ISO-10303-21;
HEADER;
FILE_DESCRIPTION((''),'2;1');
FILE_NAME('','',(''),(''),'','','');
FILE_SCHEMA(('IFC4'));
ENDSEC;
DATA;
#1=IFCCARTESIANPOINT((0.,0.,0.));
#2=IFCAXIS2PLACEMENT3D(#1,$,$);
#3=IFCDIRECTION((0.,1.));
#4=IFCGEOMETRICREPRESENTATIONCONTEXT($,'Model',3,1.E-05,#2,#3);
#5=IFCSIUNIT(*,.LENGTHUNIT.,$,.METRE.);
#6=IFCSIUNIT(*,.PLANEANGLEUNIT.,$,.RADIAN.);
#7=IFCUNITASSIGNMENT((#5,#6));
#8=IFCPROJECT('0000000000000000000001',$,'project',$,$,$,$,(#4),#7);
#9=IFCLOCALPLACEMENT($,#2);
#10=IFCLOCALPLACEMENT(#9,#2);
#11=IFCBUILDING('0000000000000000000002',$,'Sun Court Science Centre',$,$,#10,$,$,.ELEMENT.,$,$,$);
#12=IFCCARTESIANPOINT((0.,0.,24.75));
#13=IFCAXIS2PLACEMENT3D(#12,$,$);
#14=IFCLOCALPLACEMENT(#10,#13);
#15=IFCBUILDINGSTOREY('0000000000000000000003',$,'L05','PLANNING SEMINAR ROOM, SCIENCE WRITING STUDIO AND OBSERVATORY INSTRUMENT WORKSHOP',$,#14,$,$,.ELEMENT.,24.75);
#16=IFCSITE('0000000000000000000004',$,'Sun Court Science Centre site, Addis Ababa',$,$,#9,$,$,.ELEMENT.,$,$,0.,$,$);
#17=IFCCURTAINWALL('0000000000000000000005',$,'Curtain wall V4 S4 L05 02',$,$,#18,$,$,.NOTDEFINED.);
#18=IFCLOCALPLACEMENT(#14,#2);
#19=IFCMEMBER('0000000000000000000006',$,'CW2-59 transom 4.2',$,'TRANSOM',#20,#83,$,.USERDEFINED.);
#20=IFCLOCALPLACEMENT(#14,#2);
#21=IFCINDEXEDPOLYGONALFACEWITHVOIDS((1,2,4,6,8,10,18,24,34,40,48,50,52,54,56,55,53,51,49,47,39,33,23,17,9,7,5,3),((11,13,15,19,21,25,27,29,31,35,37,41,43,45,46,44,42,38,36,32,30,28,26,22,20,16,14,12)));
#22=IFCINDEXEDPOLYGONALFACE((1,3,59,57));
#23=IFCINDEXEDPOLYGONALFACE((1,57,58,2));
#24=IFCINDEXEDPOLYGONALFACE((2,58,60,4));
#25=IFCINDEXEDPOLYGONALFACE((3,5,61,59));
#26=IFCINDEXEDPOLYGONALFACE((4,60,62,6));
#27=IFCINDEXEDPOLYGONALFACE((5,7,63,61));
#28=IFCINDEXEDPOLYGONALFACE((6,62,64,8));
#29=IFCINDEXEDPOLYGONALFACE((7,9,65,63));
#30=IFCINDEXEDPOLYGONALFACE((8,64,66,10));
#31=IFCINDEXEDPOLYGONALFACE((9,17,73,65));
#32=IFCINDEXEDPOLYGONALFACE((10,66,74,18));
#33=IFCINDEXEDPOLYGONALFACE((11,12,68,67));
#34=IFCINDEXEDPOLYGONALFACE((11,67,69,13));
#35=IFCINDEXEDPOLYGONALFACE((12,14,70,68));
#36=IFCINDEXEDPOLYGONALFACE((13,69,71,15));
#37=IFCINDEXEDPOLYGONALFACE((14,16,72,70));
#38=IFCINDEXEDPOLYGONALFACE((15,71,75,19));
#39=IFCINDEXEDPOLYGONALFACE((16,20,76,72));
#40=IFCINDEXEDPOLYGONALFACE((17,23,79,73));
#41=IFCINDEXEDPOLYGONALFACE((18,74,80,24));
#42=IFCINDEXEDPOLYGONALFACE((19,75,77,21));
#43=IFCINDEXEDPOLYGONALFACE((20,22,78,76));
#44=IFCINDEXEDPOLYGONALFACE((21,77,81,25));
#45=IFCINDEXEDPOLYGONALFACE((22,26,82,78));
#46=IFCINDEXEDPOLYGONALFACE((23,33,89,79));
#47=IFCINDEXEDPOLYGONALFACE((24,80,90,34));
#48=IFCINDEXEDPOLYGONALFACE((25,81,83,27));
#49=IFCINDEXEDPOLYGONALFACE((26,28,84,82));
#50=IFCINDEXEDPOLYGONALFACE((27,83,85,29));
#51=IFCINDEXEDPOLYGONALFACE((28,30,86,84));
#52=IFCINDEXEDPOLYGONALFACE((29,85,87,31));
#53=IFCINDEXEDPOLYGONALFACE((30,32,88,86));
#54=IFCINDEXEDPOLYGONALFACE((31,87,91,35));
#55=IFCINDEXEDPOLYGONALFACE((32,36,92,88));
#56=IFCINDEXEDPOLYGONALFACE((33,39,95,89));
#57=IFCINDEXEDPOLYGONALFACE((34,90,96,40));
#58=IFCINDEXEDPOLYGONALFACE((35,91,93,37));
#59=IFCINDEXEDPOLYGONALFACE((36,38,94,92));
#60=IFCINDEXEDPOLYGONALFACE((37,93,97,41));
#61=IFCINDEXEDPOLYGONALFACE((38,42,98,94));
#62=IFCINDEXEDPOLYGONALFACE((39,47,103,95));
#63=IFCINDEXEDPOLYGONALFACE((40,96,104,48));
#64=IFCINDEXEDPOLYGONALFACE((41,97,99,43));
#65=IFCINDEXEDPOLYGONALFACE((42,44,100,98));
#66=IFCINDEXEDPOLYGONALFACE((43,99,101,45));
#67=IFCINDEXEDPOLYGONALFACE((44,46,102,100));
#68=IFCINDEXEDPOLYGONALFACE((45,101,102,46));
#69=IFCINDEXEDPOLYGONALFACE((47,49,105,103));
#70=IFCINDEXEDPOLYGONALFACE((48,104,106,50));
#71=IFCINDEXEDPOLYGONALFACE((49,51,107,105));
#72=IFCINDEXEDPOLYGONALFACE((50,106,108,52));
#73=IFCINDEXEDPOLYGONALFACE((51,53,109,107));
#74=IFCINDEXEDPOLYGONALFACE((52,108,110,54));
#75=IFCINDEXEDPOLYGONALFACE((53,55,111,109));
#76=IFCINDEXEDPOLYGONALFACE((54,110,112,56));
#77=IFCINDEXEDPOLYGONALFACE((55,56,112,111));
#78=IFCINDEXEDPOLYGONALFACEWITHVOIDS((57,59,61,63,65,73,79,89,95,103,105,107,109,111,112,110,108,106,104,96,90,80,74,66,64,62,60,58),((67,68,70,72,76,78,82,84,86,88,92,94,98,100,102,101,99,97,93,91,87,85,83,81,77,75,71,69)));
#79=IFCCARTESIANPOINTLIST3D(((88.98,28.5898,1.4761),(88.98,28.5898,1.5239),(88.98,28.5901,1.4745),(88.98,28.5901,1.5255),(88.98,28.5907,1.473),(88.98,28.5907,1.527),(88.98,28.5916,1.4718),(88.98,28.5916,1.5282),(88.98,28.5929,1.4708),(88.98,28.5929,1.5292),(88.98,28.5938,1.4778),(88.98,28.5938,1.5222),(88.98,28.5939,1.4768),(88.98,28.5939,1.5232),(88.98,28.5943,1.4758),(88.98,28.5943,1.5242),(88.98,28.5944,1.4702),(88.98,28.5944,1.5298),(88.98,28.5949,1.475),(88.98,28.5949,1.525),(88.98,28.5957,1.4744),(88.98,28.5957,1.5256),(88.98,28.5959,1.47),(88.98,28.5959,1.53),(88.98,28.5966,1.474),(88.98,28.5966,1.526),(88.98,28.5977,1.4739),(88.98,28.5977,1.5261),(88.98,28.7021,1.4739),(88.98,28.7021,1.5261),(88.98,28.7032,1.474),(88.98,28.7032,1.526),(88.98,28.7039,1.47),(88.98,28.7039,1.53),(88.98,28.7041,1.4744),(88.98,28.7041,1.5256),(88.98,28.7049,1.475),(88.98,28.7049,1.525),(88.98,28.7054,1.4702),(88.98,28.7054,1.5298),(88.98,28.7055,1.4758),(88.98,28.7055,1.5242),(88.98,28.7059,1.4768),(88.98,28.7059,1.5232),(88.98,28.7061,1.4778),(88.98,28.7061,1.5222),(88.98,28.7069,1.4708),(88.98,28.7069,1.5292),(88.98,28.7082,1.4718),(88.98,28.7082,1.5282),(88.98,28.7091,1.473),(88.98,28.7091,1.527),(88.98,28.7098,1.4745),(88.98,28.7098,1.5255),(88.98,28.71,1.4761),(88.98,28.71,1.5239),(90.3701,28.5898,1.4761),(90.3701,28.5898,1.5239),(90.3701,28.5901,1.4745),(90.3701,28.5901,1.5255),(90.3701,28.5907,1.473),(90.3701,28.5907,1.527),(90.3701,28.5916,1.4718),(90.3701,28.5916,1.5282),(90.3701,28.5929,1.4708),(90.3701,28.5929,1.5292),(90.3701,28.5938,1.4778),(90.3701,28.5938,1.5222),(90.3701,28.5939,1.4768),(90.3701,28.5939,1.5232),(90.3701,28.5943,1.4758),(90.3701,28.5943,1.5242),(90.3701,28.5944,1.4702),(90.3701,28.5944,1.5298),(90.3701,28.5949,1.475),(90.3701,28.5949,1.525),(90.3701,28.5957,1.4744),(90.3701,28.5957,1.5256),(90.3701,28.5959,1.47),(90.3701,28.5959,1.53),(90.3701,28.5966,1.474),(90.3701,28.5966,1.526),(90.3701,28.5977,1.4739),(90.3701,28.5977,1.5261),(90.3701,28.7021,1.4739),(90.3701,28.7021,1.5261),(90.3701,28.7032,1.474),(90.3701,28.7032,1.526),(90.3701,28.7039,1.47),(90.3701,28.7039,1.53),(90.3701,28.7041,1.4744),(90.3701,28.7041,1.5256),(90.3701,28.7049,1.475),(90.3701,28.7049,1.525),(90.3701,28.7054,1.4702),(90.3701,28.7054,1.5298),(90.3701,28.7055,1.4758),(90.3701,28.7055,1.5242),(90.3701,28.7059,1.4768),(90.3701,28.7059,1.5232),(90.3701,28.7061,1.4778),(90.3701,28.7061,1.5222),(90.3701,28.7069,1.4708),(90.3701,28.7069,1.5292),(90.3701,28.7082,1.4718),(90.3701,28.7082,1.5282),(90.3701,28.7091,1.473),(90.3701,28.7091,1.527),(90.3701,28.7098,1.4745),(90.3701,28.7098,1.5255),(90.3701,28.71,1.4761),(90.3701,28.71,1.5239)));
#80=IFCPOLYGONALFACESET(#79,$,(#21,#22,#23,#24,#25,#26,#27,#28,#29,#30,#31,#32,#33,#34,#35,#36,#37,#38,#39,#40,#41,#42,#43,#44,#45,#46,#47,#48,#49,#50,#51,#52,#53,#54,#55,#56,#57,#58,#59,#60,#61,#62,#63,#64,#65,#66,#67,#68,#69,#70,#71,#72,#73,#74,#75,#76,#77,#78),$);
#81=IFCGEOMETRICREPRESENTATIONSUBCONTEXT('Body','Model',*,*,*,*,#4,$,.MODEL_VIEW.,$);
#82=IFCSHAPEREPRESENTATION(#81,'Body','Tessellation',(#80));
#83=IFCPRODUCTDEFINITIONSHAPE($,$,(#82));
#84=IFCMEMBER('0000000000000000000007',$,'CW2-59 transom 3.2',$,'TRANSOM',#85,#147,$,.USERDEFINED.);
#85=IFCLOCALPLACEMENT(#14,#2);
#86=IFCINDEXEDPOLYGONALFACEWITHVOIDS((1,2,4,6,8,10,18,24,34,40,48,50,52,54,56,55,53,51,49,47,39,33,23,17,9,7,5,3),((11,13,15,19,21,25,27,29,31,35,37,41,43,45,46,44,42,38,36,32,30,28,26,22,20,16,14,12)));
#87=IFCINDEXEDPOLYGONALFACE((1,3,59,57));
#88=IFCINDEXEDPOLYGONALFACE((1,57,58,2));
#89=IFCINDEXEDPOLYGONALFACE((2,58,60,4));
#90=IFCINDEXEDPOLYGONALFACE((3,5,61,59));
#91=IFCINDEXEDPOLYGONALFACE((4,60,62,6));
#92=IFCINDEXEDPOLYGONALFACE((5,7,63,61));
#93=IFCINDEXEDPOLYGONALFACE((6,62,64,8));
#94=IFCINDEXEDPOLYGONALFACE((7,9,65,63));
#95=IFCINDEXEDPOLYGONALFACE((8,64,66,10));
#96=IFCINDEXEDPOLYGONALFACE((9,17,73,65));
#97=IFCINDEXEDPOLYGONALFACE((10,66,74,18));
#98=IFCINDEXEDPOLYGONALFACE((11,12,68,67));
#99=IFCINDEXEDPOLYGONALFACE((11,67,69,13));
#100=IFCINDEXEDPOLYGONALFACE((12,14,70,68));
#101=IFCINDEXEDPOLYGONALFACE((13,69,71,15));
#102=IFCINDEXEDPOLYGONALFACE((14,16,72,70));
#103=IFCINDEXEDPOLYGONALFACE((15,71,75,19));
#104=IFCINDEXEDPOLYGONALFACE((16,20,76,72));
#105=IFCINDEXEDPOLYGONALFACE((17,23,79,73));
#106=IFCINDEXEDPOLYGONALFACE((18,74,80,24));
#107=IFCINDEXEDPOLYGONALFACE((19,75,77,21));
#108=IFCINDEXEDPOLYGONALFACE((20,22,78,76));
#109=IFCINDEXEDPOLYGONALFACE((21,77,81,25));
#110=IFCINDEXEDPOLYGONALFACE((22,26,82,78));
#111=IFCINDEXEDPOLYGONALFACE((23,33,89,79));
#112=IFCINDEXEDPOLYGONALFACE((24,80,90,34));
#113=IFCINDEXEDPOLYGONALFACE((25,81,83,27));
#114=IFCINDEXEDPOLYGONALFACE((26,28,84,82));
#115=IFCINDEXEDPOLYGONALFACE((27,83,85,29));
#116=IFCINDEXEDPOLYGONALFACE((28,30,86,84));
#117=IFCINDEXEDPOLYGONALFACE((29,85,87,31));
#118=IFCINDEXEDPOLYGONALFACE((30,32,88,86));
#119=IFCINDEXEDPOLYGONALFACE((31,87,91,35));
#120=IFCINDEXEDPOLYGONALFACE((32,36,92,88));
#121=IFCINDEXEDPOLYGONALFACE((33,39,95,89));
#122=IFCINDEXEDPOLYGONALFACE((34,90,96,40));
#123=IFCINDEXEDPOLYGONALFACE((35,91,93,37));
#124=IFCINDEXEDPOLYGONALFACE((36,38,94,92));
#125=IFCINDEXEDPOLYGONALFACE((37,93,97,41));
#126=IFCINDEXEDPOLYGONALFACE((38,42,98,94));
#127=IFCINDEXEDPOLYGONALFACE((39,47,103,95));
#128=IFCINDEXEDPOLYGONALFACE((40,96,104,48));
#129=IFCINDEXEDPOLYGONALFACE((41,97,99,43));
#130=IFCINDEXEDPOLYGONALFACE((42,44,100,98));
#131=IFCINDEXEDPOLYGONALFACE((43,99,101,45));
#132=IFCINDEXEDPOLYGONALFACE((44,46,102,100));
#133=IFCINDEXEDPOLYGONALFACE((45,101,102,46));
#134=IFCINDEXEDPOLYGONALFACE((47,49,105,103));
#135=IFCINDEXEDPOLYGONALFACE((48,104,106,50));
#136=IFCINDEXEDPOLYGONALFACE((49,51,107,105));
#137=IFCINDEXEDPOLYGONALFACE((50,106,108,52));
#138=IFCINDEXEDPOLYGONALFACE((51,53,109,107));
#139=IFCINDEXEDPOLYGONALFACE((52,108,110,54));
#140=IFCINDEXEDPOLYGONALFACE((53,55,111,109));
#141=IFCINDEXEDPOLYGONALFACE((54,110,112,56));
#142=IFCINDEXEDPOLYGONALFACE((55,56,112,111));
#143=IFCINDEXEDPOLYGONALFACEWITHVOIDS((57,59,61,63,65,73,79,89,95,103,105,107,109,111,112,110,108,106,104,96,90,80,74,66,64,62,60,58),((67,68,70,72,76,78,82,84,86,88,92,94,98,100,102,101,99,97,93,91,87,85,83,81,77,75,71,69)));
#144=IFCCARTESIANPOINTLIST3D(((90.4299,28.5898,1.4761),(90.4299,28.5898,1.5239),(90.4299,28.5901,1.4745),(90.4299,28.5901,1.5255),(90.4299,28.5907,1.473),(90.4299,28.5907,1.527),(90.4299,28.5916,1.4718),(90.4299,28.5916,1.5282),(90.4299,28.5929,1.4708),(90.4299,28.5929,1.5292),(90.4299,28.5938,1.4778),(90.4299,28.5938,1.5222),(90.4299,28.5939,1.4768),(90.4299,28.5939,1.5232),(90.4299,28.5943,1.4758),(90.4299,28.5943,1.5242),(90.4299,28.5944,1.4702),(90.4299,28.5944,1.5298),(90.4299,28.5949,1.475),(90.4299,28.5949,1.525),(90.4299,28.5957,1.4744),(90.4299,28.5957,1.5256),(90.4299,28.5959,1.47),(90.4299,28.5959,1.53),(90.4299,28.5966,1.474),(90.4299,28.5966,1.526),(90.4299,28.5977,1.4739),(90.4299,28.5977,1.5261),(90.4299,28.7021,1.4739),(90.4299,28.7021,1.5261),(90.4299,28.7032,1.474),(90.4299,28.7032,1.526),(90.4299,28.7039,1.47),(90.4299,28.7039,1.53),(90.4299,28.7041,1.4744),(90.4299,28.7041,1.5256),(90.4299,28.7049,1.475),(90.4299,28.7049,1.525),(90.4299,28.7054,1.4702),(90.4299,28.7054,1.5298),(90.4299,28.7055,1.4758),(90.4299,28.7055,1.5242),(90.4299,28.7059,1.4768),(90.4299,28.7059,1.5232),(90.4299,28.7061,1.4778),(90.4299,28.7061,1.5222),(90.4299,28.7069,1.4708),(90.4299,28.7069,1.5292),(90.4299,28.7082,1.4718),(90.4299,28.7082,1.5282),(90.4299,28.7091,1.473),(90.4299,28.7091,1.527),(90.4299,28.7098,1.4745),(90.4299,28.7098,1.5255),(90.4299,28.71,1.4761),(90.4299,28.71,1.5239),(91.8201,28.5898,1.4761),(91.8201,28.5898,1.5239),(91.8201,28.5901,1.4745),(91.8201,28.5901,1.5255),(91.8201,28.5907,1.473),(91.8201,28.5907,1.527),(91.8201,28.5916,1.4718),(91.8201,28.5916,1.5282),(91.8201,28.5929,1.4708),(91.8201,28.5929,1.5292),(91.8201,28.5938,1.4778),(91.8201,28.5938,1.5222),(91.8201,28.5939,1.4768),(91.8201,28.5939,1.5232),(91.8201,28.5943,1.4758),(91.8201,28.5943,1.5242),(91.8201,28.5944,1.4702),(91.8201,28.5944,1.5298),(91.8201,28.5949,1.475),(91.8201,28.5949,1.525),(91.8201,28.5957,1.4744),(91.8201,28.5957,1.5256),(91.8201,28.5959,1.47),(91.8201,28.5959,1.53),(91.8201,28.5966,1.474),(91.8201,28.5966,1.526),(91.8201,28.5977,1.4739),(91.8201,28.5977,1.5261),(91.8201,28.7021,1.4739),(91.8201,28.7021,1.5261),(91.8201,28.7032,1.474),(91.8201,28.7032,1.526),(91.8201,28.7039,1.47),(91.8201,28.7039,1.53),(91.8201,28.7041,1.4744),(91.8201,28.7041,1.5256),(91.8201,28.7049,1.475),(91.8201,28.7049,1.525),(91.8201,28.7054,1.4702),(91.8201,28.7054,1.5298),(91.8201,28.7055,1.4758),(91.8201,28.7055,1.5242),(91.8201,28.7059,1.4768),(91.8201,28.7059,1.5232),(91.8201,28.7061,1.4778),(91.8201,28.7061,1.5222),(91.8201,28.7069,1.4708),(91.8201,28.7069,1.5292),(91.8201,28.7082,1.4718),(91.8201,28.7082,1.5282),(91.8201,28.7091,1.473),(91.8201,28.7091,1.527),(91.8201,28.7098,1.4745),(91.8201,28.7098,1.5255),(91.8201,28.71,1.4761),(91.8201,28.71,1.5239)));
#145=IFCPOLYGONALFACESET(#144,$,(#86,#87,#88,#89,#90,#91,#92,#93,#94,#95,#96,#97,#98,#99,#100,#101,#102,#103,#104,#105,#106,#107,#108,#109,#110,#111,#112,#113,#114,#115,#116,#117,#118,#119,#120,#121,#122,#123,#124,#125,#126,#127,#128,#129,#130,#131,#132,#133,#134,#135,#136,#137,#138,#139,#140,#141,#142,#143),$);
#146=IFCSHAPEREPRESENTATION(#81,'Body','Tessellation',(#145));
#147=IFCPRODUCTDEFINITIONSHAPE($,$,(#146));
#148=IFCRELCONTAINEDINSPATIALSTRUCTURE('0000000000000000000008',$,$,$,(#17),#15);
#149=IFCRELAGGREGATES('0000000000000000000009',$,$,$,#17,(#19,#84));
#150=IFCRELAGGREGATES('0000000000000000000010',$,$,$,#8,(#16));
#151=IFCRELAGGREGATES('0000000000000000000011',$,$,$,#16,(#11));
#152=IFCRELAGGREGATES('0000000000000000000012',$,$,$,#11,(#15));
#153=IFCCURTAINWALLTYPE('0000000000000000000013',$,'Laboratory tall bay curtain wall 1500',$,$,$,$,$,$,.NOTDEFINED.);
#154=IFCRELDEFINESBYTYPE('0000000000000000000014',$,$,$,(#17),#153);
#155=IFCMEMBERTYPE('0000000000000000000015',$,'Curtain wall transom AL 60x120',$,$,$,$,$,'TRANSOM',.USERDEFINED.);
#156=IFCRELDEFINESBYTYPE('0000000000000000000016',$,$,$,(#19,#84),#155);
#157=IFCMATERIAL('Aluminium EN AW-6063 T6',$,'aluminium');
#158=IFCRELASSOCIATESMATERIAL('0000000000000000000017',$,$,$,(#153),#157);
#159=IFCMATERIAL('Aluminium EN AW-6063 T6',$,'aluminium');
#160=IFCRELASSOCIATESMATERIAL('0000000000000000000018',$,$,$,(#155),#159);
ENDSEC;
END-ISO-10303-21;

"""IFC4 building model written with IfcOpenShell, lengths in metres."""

from ifc_helpers import new_model, si_unit, direction, frame, origin, origin_2d, place, context, subcontext, project, spatial, hollow_rectangle, extrude, material, material_profile, profile_set, type_object, element, aggregate, save


model = new_model("IFC4")

# Units and contexts
model_context = context("Model", 3, precision=1e-05, world=origin(), true_north=direction((0.0, 1.0)))
body_context = subcontext(model_context, "Body", "Model", "MODEL_VIEW")
ifc_project = project(units=[si_unit("LENGTHUNIT", "METRE"), si_unit("PLANEANGLEUNIT", "RADIAN")], contexts=[model_context])

# Site, building, storey
site_placement = place(None, origin())
site = spatial("IfcSite", under=ifc_project, at=site_placement, Name="Sun Court Science Centre site, Addis Ababa", CompositionType="ELEMENT", RefElevation=0.0)
building_placement = place(site_placement, origin())
building = spatial("IfcBuilding", under=site, at=building_placement, Name="Sun Court Science Centre", CompositionType="ELEMENT")
storey_placement = place(building_placement, frame((0.0, 0.0, 24.75)))
storey = spatial("IfcBuildingStorey", under=building, at=storey_placement, Name="L05", Description="PLANNING SEMINAR ROOM, SCIENCE WRITING STUDIO AND OBSERVATORY INSTRUMENT WORKSHOP", CompositionType="ELEMENT", Elevation=24.75)

# Curtain wall, members
ifc_material_1 = material(Name="Aluminium EN AW-6063 T6", Category="aluminium")
curtain_wall_type = type_object("IfcCurtainWallType", Name="Laboratory tall bay curtain wall 1500", PredefinedType="NOTDEFINED", material=ifc_material_1)
curtain_wall_placement = place(storey_placement, origin())
curtain_wall = element("IfcCurtainWall", 1, at=curtain_wall_placement, inside=storey, type_object=curtain_wall_type, Name="Curtain wall V4 S4 L05 02", PredefinedType="NOTDEFINED")
ifc_material_2 = material(Name="Aluminium EN AW-6063 T6", Category="aluminium")
ifc_material_profile_1 = material_profile(ifc_material_2, hollow_rectangle(XDim=0.0601, YDim=0.1201, WallThickness=0.0039, InnerFilletRadius=0.0039, OuterFilletRadius=0.0061, at=origin_2d()), Name="AL 60x120x4")
ifc_profile_set_1 = profile_set([ifc_material_profile_1], Name="Aluminium EN AW-6063 T6")
member_type_1 = type_object("IfcMemberType", Name="Curtain wall transom AL 60x120", ElementType="TRANSOM", PredefinedType="USERDEFINED", material=ifc_profile_set_1)
member_1_placement = place(storey_placement, frame((90.3701, 28.6499, 1.5), z_axis=(-1.0, 0.0, 0.0), x_axis=(0.0, 0.0, 1.0)))
member_1 = element("IfcMember", 2, at=member_1_placement, type_object=member_type_1, Name="CW2-59 transom 4.2", ObjectType="TRANSOM", PredefinedType="USERDEFINED", context=body_context, shape_type="SweptSolid", body=[
    extrude(hollow_rectangle(XDim=0.0601, YDim=0.1201, WallThickness=0.0039, InnerFilletRadius=0.0039, OuterFilletRadius=0.0061, at=origin_2d()), origin(), (0.0, 0.0, 1.0), 1.3901),
])
member_2_placement = place(storey_placement, frame((91.8201, 28.6499, 1.5), z_axis=(-1.0, 0.0, 0.0), x_axis=(0.0, 0.0, 1.0)))
member_2 = element("IfcMember", 3, at=member_2_placement, type_object=member_type_1, Name="CW2-59 transom 3.2", ObjectType="TRANSOM", PredefinedType="USERDEFINED", context=body_context, shape_type="SweptSolid", body=[
    extrude(hollow_rectangle(XDim=0.0601, YDim=0.1201, WallThickness=0.0039, InnerFilletRadius=0.0039, OuterFilletRadius=0.0061, at=origin_2d()), origin(), (0.0, 0.0, 1.0), 1.3901),
])
aggregate(curtain_wall, [member_1, member_2])

save(model, "model.ifc")
